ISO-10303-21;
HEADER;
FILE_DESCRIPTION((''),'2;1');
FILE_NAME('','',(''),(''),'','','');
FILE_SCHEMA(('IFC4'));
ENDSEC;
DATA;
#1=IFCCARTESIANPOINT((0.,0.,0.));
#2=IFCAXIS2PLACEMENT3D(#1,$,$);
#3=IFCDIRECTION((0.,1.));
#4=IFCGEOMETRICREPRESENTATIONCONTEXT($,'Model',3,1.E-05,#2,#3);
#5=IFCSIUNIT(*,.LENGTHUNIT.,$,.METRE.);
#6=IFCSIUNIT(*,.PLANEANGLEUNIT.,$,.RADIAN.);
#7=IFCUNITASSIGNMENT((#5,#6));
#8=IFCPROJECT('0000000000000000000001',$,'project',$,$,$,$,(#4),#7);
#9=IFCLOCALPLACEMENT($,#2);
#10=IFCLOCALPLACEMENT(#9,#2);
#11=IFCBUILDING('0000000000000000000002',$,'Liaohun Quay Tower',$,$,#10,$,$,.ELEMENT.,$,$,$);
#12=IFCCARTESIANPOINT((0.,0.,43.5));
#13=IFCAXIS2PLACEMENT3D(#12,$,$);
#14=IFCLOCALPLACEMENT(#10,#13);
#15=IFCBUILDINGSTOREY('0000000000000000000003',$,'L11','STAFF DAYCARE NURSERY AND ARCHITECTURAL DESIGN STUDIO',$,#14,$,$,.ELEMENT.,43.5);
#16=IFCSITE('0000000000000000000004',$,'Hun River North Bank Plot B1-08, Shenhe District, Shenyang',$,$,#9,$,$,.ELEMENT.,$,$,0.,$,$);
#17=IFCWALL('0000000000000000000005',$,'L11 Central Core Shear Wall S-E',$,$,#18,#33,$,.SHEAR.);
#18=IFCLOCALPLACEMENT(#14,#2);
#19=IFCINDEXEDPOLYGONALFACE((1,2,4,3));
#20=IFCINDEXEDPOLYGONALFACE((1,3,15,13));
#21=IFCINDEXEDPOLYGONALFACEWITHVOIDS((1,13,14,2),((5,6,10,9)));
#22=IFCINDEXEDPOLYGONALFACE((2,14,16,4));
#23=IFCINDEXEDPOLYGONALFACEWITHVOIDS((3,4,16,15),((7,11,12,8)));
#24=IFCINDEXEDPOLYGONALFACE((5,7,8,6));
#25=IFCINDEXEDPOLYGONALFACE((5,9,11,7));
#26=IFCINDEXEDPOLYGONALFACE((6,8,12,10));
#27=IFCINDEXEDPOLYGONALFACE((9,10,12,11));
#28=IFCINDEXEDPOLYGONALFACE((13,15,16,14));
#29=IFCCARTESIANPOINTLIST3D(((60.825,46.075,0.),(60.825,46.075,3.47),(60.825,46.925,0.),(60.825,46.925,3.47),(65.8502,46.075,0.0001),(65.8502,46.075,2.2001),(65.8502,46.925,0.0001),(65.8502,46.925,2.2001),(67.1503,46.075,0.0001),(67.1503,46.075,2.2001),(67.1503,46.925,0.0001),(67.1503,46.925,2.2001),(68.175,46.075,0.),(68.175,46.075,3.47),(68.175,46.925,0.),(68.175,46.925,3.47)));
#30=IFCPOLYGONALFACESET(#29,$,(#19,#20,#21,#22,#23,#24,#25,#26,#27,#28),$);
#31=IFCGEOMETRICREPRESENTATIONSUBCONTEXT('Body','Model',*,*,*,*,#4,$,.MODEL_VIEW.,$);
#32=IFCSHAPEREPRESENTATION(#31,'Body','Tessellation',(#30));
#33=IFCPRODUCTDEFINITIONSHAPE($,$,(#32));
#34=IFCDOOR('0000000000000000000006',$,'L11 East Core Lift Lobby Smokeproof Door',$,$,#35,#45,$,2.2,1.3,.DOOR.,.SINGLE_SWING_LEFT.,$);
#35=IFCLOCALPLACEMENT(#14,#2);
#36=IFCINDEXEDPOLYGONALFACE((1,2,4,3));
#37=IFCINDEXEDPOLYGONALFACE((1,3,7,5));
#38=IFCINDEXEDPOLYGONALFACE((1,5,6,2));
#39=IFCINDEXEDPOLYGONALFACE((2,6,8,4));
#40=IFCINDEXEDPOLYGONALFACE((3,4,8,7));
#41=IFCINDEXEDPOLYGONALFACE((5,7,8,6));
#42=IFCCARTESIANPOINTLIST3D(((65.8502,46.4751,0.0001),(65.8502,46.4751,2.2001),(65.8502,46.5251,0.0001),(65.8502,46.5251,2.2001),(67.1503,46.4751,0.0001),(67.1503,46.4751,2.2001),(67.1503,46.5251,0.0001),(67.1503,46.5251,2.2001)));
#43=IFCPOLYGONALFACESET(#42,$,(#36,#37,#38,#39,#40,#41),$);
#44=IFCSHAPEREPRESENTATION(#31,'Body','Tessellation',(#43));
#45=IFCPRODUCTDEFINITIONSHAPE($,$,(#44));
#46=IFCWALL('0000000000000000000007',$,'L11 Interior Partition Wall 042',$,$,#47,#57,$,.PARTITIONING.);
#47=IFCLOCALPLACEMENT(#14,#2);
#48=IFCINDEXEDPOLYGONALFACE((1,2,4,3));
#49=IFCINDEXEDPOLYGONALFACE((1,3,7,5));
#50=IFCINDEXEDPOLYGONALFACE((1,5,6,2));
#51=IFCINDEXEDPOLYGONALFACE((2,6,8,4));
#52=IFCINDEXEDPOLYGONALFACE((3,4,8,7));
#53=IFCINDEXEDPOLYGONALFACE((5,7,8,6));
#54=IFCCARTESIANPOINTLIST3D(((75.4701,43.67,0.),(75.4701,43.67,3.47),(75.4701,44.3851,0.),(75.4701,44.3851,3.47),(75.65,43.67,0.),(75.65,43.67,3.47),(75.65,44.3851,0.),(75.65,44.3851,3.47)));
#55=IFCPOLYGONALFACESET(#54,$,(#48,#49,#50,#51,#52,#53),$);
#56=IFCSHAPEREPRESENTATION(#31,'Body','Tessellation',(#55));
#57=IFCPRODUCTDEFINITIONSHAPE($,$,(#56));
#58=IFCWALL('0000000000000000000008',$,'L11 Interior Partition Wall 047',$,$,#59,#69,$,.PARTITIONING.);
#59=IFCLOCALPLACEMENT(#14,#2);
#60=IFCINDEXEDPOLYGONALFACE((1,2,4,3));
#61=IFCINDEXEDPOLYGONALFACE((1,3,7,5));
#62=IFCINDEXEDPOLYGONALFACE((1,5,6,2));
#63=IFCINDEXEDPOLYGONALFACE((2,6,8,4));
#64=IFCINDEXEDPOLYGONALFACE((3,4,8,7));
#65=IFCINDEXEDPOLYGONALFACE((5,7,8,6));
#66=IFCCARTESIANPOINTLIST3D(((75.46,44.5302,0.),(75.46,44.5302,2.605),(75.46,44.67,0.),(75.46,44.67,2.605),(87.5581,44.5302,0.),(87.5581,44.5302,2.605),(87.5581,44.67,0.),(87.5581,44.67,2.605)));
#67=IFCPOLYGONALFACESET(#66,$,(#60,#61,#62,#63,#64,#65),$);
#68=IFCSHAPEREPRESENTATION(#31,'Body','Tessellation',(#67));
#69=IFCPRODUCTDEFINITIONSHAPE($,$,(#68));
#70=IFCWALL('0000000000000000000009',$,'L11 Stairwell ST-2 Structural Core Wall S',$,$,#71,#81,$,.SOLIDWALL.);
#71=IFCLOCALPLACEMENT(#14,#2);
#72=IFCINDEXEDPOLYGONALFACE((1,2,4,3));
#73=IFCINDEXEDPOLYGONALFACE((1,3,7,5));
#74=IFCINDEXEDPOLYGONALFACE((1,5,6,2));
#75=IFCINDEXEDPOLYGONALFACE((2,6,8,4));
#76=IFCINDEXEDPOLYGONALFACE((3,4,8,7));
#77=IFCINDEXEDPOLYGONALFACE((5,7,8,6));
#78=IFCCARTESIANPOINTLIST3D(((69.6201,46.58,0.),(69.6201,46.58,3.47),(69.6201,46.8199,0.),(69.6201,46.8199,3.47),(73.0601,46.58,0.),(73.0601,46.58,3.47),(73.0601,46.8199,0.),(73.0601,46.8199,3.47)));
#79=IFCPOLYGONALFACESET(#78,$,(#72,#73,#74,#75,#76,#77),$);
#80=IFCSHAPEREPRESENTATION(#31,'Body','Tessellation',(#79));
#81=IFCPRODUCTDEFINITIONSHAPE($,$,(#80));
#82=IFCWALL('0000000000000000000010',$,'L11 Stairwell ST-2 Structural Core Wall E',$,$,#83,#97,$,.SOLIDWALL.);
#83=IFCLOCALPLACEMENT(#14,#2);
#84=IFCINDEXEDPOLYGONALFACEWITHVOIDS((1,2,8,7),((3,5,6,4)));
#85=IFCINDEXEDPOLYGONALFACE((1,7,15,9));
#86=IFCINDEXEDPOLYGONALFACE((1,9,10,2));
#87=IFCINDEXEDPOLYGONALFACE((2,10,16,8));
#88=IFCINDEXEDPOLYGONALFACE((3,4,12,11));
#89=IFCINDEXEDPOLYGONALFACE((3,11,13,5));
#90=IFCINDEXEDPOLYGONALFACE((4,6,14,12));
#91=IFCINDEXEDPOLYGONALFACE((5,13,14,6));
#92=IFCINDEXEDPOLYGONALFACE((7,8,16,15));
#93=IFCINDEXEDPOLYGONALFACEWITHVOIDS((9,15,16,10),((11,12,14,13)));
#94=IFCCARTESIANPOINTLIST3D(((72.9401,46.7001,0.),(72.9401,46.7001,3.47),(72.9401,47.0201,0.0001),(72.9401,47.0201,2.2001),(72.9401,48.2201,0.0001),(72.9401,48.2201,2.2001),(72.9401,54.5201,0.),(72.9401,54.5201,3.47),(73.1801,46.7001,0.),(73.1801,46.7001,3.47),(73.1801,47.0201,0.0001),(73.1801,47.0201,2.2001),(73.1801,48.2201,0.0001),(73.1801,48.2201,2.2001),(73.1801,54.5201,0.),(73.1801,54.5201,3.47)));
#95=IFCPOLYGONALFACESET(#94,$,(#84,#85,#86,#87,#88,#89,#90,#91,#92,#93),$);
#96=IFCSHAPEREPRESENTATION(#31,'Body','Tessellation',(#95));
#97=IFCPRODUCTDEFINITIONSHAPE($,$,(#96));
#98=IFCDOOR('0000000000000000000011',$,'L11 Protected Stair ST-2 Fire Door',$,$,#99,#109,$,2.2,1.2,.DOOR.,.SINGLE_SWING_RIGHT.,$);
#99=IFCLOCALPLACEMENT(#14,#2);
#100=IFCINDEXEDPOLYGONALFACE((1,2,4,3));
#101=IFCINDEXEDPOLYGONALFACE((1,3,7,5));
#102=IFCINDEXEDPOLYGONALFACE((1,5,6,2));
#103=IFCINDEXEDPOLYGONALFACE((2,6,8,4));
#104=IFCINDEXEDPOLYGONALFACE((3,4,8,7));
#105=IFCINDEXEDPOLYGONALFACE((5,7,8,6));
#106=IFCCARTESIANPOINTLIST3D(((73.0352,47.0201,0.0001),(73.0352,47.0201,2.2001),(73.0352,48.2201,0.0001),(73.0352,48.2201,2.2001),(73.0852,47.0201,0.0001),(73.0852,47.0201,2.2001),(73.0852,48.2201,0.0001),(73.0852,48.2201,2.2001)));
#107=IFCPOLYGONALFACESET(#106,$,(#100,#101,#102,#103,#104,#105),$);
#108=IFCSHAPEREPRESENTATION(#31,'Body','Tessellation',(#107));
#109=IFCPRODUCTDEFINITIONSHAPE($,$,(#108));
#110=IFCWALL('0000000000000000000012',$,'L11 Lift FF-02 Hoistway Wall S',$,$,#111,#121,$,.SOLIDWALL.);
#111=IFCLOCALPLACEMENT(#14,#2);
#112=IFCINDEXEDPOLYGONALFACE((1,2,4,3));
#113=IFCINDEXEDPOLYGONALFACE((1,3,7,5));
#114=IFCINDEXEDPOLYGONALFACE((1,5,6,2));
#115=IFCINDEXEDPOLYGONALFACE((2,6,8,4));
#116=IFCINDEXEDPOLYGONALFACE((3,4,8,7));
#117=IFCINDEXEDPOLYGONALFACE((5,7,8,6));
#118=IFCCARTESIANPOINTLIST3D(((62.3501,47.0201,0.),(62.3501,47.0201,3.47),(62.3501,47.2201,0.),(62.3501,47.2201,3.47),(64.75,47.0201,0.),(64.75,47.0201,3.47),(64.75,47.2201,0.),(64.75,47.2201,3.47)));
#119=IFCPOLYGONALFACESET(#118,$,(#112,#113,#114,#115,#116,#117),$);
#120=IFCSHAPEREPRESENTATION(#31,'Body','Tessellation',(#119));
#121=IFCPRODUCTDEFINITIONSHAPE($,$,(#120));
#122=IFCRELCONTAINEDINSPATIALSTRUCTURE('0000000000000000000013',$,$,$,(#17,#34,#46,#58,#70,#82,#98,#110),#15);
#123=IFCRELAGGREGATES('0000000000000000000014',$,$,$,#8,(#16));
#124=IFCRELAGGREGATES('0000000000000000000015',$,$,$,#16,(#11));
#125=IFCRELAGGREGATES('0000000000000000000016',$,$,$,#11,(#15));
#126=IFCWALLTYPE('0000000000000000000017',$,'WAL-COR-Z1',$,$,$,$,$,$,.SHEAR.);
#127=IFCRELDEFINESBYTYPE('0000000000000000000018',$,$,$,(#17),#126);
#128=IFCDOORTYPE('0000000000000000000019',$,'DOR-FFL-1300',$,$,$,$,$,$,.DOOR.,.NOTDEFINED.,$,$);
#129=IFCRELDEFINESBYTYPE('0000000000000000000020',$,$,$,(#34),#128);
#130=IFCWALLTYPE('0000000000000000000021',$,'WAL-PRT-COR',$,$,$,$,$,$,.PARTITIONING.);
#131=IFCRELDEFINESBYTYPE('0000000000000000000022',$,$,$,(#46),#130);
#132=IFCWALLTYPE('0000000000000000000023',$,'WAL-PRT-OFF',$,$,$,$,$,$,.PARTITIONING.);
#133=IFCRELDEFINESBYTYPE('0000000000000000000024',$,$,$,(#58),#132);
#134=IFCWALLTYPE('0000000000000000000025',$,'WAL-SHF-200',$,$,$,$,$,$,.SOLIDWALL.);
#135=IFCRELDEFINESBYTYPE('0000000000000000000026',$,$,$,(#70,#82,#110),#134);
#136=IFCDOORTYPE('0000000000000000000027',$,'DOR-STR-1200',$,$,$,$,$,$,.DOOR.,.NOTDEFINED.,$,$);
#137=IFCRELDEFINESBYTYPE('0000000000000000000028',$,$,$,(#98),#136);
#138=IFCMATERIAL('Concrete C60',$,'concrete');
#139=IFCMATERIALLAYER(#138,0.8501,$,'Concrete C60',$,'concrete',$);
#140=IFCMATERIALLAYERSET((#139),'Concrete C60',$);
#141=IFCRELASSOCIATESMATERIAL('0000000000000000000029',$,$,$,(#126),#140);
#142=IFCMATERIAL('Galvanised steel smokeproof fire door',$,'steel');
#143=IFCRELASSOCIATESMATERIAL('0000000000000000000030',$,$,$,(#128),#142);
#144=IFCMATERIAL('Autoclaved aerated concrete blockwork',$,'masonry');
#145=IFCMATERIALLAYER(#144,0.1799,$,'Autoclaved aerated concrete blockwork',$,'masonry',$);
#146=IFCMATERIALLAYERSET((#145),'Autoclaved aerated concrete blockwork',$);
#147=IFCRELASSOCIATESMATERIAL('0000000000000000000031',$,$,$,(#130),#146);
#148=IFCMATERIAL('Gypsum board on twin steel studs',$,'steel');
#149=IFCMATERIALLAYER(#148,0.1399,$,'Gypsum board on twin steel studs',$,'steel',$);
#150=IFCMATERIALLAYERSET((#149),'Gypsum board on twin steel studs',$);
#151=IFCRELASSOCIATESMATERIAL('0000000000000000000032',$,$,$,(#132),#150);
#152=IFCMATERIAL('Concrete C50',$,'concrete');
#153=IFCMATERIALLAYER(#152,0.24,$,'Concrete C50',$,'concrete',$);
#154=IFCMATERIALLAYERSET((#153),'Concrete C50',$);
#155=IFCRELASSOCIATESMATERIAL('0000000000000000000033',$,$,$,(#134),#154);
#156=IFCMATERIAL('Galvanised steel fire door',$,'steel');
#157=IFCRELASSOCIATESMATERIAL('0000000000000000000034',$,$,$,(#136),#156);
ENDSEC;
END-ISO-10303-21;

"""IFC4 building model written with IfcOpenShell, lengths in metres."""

from ifc_helpers import new_model, si_unit, direction, frame, frame_2d, origin, place, context, subcontext, project, spatial, rectangle, extrude, source, transform, mapped, material, layer, layer_set, type_object, element, fill, save


model = new_model("IFC4")

# Units and contexts
model_context = context("Model", 3, precision=1e-05, world=origin(), true_north=direction((0.0, 1.0)))
body_context = subcontext(model_context, "Body", "Model", "MODEL_VIEW")
ifc_project = project(units=[si_unit("LENGTHUNIT", "METRE"), si_unit("PLANEANGLEUNIT", "RADIAN")], contexts=[model_context])

# Site, building, storey
site_placement = place(None, origin())
site = spatial("IfcSite", under=ifc_project, at=site_placement, Name="Hun River North Bank Plot B1-08, Shenhe District, Shenyang", CompositionType="ELEMENT", RefElevation=0.0)
building_placement = place(site_placement, origin())
building = spatial("IfcBuilding", under=site, at=building_placement, Name="Liaohun Quay Tower", CompositionType="ELEMENT")
storey_placement = place(building_placement, frame((0.0, 0.0, 43.5)))
storey = spatial("IfcBuildingStorey", under=building, at=storey_placement, Name="L11", Description="STAFF DAYCARE NURSERY AND ARCHITECTURAL DESIGN STUDIO", CompositionType="ELEMENT", Elevation=43.5)

# Shared definitions
ifc_material_1 = material(Name="Concrete C60", Category="concrete")

# Wall, opening, door
ifc_layer_1 = layer(ifc_material_1, 0.8501, Name="Concrete C60", Category="concrete")
ifc_layer_set_1 = layer_set([ifc_layer_1], Name="Concrete C60")
wall_type_1 = type_object("IfcWallType", Name="WAL-COR-Z1", PredefinedType="SHEAR", material=ifc_layer_set_1)
wall_1_placement = place(storey_placement, frame((68.175, 46.5, 0.0), z_axis=(0.0, 0.0, 1.0), x_axis=(-1.0, 0.0, 0.0)))
wall_1 = element("IfcWall", 1, at=wall_1_placement, inside=storey, type_object=wall_type_1, Name="L11 Central Core Shear Wall S-E", PredefinedType="SHEAR", context=body_context, shape_type="SweptSolid", body=[
    extrude(rectangle(XDim=7.3501, YDim=0.8501, at=frame_2d((3.675, 0.0))), origin(), (0.0, 0.0, 1.0), 3.47),
])
shared_shape_1 = source(origin(), body_context, "Body", "SweptSolid", [
    extrude(rectangle(XDim=1.3, YDim=2.2, at=frame_2d((0.6499, 1.1001))), frame((0.0, 0.4351, 0.0), z_axis=(0.0, -1.0, 0.0), x_axis=(1.0, 0.0, 0.0)), (0.0, 0.0, 1.0), 0.8701),
])
opening_1_placement = place(wall_1_placement, frame((1.0249, 0.0, 0.0)))
opening_1 = element("IfcOpeningElement", 2, at=opening_1_placement, cuts=wall_1, PredefinedType="OPENING", context=body_context, shape_type="MappedRepresentation", body=[
    mapped(shared_shape_1, transform((0.0, 0.0, 0.0), x_axis=(1.0, 0.0, 0.0), y_axis=(0.0, 1.0, 0.0), z_axis=(0.0, 0.0, 1.0), scale=1.0)),
])
ifc_material_2 = material(Name="Galvanised steel smokeproof fire door", Category="steel")
door_type_1 = type_object("IfcDoorType", Name="DOR-FFL-1300", OperationType="NOTDEFINED", PredefinedType="DOOR", material=ifc_material_2)
shared_shape_2 = source(origin(), body_context, "Body", "SweptSolid", [
    extrude(rectangle(XDim=1.3, YDim=2.2, at=frame_2d((0.6499, 1.1001))), frame((0.0, 0.0249, 0.0), z_axis=(0.0, -1.0, 0.0), x_axis=(1.0, 0.0, 0.0)), (0.0, 0.0, 1.0), 0.05),
])
door_1_placement = place(opening_1_placement, origin())
door_1 = element("IfcDoor", 3, at=door_1_placement, inside=storey, type_object=door_type_1, Name="L11 East Core Lift Lobby Smokeproof Door", OperationType="SINGLE_SWING_LEFT", OverallHeight=2.2, OverallWidth=1.3, PredefinedType="DOOR", context=body_context, shape_type="MappedRepresentation", body=[
    mapped(shared_shape_2, transform((0.0, 0.0, 0.0), x_axis=(1.0, 0.0, 0.0), y_axis=(0.0, 1.0, 0.0), z_axis=(0.0, 0.0, 1.0), scale=1.0)),
])
fill(opening_1, door_1)

# Walls
ifc_material_3 = material(Name="Autoclaved aerated concrete blockwork", Category="masonry")
ifc_layer_2 = layer(ifc_material_3, 0.1799, Name="Autoclaved aerated concrete blockwork", Category="masonry")
ifc_layer_set_2 = layer_set([ifc_layer_2], Name="Autoclaved aerated concrete blockwork")
wall_type_2 = type_object("IfcWallType", Name="WAL-PRT-COR", PredefinedType="PARTITIONING", material=ifc_layer_set_2)
wall_2_placement = place(storey_placement, frame((75.5601, 44.385, 0.0), z_axis=(0.0, 0.0, 1.0), x_axis=(0.0, -1.0, 0.0)))
element("IfcWall", 4, at=wall_2_placement, inside=storey, type_object=wall_type_2, Name="L11 Interior Partition Wall 042", PredefinedType="PARTITIONING", context=body_context, shape_type="SweptSolid", body=[
    extrude(rectangle(XDim=0.7151, YDim=0.1799, at=frame_2d((0.3574, 0.0))), origin(), (0.0, 0.0, 1.0), 3.47),
])
ifc_material_4 = material(Name="Gypsum board on twin steel studs", Category="steel")
ifc_layer_3 = layer(ifc_material_4, 0.1399, Name="Gypsum board on twin steel studs", Category="steel")
ifc_layer_set_3 = layer_set([ifc_layer_3], Name="Gypsum board on twin steel studs")
wall_type_3 = type_object("IfcWallType", Name="WAL-PRT-OFF", PredefinedType="PARTITIONING", material=ifc_layer_set_3)
wall_3_placement = place(storey_placement, frame((75.46, 44.6001, 0.0), z_axis=(0.0, 0.0, 1.0), x_axis=(1.0, 0.0, 0.0)))
element("IfcWall", 5, at=wall_3_placement, inside=storey, type_object=wall_type_3, Name="L11 Interior Partition Wall 047", PredefinedType="PARTITIONING", context=body_context, shape_type="SweptSolid", body=[
    extrude(rectangle(XDim=12.0981, YDim=0.1399, at=frame_2d((6.0491, 0.0))), origin(), (0.0, 0.0, 1.0), 2.605),
])
ifc_material_5 = material(Name="Concrete C50", Category="concrete")
ifc_layer_4 = layer(ifc_material_5, 0.24, Name="Concrete C50", Category="concrete")
ifc_layer_set_4 = layer_set([ifc_layer_4], Name="Concrete C50")
wall_type_4 = type_object("IfcWallType", Name="WAL-SHF-200", PredefinedType="SOLIDWALL", material=ifc_layer_set_4)
wall_4_placement = place(storey_placement, frame((69.6201, 46.7, 0.0), z_axis=(0.0, 0.0, 1.0), x_axis=(1.0, 0.0, 0.0)))
element("IfcWall", 6, at=wall_4_placement, inside=storey, type_object=wall_type_4, Name="L11 Stairwell ST-2 Structural Core Wall S", PredefinedType="SOLIDWALL", context=body_context, shape_type="SweptSolid", body=[
    extrude(rectangle(XDim=3.4399, YDim=0.24, at=frame_2d((1.72, 0.0))), origin(), (0.0, 0.0, 1.0), 3.47),
])

# Wall, opening, door
wall_5_placement = place(storey_placement, frame((73.0601, 46.7, 0.0), z_axis=(0.0, 0.0, 1.0), x_axis=(0.0, 1.0, 0.0)))
wall_5 = element("IfcWall", 7, at=wall_5_placement, inside=storey, type_object=wall_type_4, Name="L11 Stairwell ST-2 Structural Core Wall E", PredefinedType="SOLIDWALL", context=body_context, shape_type="SweptSolid", body=[
    extrude(rectangle(XDim=7.8201, YDim=0.24, at=frame_2d((3.9102, 0.0))), origin(), (0.0, 0.0, 1.0), 3.47),
])
shared_shape_3 = source(origin(), body_context, "Body", "SweptSolid", [
    extrude(rectangle(XDim=1.2, YDim=2.2, at=frame_2d((0.6001, 1.1001))), frame((0.0, 0.1299, 0.0), z_axis=(0.0, -1.0, 0.0), x_axis=(1.0, 0.0, 0.0)), (0.0, 0.0, 1.0), 0.26),
])
opening_2_placement = place(wall_5_placement, frame((0.3201, 0.0, 0.0)))
opening_2 = element("IfcOpeningElement", 8, at=opening_2_placement, cuts=wall_5, PredefinedType="OPENING", context=body_context, shape_type="MappedRepresentation", body=[
    mapped(shared_shape_3, transform((0.0, 0.0, 0.0), x_axis=(1.0, 0.0, 0.0), y_axis=(0.0, 1.0, 0.0), z_axis=(0.0, 0.0, 1.0), scale=1.0)),
])
ifc_material_6 = material(Name="Galvanised steel fire door", Category="steel")
door_type_2 = type_object("IfcDoorType", Name="DOR-STR-1200", OperationType="NOTDEFINED", PredefinedType="DOOR", material=ifc_material_6)
shared_shape_4 = source(origin(), body_context, "Body", "SweptSolid", [
    extrude(rectangle(XDim=1.2, YDim=2.2, at=frame_2d((0.6001, 1.1001))), frame((0.0, 0.0249, 0.0), z_axis=(0.0, -1.0, 0.0), x_axis=(1.0, 0.0, 0.0)), (0.0, 0.0, 1.0), 0.05),
])
door_2_placement = place(opening_2_placement, origin())
door_2 = element("IfcDoor", 9, at=door_2_placement, inside=storey, type_object=door_type_2, Name="L11 Protected Stair ST-2 Fire Door", OperationType="SINGLE_SWING_RIGHT", OverallHeight=2.2, OverallWidth=1.2, PredefinedType="DOOR", context=body_context, shape_type="MappedRepresentation", body=[
    mapped(shared_shape_4, transform((0.0, 0.0, 0.0), x_axis=(1.0, 0.0, 0.0), y_axis=(0.0, 1.0, 0.0), z_axis=(0.0, 0.0, 1.0), scale=1.0)),
])
fill(opening_2, door_2)

# Wall
wall_6_placement = place(storey_placement, frame((62.3501, 47.1201, 0.0), z_axis=(0.0, 0.0, 1.0), x_axis=(1.0, 0.0, 0.0)))
element("IfcWall", 10, at=wall_6_placement, inside=storey, type_object=wall_type_4, Name="L11 Lift FF-02 Hoistway Wall S", PredefinedType="SOLIDWALL", context=body_context, shape_type="SweptSolid", body=[
    extrude(rectangle(XDim=2.3999, YDim=0.2, at=frame_2d((1.2, 0.0))), origin(), (0.0, 0.0, 1.0), 3.47),
])

save(model, "model.ifc")
